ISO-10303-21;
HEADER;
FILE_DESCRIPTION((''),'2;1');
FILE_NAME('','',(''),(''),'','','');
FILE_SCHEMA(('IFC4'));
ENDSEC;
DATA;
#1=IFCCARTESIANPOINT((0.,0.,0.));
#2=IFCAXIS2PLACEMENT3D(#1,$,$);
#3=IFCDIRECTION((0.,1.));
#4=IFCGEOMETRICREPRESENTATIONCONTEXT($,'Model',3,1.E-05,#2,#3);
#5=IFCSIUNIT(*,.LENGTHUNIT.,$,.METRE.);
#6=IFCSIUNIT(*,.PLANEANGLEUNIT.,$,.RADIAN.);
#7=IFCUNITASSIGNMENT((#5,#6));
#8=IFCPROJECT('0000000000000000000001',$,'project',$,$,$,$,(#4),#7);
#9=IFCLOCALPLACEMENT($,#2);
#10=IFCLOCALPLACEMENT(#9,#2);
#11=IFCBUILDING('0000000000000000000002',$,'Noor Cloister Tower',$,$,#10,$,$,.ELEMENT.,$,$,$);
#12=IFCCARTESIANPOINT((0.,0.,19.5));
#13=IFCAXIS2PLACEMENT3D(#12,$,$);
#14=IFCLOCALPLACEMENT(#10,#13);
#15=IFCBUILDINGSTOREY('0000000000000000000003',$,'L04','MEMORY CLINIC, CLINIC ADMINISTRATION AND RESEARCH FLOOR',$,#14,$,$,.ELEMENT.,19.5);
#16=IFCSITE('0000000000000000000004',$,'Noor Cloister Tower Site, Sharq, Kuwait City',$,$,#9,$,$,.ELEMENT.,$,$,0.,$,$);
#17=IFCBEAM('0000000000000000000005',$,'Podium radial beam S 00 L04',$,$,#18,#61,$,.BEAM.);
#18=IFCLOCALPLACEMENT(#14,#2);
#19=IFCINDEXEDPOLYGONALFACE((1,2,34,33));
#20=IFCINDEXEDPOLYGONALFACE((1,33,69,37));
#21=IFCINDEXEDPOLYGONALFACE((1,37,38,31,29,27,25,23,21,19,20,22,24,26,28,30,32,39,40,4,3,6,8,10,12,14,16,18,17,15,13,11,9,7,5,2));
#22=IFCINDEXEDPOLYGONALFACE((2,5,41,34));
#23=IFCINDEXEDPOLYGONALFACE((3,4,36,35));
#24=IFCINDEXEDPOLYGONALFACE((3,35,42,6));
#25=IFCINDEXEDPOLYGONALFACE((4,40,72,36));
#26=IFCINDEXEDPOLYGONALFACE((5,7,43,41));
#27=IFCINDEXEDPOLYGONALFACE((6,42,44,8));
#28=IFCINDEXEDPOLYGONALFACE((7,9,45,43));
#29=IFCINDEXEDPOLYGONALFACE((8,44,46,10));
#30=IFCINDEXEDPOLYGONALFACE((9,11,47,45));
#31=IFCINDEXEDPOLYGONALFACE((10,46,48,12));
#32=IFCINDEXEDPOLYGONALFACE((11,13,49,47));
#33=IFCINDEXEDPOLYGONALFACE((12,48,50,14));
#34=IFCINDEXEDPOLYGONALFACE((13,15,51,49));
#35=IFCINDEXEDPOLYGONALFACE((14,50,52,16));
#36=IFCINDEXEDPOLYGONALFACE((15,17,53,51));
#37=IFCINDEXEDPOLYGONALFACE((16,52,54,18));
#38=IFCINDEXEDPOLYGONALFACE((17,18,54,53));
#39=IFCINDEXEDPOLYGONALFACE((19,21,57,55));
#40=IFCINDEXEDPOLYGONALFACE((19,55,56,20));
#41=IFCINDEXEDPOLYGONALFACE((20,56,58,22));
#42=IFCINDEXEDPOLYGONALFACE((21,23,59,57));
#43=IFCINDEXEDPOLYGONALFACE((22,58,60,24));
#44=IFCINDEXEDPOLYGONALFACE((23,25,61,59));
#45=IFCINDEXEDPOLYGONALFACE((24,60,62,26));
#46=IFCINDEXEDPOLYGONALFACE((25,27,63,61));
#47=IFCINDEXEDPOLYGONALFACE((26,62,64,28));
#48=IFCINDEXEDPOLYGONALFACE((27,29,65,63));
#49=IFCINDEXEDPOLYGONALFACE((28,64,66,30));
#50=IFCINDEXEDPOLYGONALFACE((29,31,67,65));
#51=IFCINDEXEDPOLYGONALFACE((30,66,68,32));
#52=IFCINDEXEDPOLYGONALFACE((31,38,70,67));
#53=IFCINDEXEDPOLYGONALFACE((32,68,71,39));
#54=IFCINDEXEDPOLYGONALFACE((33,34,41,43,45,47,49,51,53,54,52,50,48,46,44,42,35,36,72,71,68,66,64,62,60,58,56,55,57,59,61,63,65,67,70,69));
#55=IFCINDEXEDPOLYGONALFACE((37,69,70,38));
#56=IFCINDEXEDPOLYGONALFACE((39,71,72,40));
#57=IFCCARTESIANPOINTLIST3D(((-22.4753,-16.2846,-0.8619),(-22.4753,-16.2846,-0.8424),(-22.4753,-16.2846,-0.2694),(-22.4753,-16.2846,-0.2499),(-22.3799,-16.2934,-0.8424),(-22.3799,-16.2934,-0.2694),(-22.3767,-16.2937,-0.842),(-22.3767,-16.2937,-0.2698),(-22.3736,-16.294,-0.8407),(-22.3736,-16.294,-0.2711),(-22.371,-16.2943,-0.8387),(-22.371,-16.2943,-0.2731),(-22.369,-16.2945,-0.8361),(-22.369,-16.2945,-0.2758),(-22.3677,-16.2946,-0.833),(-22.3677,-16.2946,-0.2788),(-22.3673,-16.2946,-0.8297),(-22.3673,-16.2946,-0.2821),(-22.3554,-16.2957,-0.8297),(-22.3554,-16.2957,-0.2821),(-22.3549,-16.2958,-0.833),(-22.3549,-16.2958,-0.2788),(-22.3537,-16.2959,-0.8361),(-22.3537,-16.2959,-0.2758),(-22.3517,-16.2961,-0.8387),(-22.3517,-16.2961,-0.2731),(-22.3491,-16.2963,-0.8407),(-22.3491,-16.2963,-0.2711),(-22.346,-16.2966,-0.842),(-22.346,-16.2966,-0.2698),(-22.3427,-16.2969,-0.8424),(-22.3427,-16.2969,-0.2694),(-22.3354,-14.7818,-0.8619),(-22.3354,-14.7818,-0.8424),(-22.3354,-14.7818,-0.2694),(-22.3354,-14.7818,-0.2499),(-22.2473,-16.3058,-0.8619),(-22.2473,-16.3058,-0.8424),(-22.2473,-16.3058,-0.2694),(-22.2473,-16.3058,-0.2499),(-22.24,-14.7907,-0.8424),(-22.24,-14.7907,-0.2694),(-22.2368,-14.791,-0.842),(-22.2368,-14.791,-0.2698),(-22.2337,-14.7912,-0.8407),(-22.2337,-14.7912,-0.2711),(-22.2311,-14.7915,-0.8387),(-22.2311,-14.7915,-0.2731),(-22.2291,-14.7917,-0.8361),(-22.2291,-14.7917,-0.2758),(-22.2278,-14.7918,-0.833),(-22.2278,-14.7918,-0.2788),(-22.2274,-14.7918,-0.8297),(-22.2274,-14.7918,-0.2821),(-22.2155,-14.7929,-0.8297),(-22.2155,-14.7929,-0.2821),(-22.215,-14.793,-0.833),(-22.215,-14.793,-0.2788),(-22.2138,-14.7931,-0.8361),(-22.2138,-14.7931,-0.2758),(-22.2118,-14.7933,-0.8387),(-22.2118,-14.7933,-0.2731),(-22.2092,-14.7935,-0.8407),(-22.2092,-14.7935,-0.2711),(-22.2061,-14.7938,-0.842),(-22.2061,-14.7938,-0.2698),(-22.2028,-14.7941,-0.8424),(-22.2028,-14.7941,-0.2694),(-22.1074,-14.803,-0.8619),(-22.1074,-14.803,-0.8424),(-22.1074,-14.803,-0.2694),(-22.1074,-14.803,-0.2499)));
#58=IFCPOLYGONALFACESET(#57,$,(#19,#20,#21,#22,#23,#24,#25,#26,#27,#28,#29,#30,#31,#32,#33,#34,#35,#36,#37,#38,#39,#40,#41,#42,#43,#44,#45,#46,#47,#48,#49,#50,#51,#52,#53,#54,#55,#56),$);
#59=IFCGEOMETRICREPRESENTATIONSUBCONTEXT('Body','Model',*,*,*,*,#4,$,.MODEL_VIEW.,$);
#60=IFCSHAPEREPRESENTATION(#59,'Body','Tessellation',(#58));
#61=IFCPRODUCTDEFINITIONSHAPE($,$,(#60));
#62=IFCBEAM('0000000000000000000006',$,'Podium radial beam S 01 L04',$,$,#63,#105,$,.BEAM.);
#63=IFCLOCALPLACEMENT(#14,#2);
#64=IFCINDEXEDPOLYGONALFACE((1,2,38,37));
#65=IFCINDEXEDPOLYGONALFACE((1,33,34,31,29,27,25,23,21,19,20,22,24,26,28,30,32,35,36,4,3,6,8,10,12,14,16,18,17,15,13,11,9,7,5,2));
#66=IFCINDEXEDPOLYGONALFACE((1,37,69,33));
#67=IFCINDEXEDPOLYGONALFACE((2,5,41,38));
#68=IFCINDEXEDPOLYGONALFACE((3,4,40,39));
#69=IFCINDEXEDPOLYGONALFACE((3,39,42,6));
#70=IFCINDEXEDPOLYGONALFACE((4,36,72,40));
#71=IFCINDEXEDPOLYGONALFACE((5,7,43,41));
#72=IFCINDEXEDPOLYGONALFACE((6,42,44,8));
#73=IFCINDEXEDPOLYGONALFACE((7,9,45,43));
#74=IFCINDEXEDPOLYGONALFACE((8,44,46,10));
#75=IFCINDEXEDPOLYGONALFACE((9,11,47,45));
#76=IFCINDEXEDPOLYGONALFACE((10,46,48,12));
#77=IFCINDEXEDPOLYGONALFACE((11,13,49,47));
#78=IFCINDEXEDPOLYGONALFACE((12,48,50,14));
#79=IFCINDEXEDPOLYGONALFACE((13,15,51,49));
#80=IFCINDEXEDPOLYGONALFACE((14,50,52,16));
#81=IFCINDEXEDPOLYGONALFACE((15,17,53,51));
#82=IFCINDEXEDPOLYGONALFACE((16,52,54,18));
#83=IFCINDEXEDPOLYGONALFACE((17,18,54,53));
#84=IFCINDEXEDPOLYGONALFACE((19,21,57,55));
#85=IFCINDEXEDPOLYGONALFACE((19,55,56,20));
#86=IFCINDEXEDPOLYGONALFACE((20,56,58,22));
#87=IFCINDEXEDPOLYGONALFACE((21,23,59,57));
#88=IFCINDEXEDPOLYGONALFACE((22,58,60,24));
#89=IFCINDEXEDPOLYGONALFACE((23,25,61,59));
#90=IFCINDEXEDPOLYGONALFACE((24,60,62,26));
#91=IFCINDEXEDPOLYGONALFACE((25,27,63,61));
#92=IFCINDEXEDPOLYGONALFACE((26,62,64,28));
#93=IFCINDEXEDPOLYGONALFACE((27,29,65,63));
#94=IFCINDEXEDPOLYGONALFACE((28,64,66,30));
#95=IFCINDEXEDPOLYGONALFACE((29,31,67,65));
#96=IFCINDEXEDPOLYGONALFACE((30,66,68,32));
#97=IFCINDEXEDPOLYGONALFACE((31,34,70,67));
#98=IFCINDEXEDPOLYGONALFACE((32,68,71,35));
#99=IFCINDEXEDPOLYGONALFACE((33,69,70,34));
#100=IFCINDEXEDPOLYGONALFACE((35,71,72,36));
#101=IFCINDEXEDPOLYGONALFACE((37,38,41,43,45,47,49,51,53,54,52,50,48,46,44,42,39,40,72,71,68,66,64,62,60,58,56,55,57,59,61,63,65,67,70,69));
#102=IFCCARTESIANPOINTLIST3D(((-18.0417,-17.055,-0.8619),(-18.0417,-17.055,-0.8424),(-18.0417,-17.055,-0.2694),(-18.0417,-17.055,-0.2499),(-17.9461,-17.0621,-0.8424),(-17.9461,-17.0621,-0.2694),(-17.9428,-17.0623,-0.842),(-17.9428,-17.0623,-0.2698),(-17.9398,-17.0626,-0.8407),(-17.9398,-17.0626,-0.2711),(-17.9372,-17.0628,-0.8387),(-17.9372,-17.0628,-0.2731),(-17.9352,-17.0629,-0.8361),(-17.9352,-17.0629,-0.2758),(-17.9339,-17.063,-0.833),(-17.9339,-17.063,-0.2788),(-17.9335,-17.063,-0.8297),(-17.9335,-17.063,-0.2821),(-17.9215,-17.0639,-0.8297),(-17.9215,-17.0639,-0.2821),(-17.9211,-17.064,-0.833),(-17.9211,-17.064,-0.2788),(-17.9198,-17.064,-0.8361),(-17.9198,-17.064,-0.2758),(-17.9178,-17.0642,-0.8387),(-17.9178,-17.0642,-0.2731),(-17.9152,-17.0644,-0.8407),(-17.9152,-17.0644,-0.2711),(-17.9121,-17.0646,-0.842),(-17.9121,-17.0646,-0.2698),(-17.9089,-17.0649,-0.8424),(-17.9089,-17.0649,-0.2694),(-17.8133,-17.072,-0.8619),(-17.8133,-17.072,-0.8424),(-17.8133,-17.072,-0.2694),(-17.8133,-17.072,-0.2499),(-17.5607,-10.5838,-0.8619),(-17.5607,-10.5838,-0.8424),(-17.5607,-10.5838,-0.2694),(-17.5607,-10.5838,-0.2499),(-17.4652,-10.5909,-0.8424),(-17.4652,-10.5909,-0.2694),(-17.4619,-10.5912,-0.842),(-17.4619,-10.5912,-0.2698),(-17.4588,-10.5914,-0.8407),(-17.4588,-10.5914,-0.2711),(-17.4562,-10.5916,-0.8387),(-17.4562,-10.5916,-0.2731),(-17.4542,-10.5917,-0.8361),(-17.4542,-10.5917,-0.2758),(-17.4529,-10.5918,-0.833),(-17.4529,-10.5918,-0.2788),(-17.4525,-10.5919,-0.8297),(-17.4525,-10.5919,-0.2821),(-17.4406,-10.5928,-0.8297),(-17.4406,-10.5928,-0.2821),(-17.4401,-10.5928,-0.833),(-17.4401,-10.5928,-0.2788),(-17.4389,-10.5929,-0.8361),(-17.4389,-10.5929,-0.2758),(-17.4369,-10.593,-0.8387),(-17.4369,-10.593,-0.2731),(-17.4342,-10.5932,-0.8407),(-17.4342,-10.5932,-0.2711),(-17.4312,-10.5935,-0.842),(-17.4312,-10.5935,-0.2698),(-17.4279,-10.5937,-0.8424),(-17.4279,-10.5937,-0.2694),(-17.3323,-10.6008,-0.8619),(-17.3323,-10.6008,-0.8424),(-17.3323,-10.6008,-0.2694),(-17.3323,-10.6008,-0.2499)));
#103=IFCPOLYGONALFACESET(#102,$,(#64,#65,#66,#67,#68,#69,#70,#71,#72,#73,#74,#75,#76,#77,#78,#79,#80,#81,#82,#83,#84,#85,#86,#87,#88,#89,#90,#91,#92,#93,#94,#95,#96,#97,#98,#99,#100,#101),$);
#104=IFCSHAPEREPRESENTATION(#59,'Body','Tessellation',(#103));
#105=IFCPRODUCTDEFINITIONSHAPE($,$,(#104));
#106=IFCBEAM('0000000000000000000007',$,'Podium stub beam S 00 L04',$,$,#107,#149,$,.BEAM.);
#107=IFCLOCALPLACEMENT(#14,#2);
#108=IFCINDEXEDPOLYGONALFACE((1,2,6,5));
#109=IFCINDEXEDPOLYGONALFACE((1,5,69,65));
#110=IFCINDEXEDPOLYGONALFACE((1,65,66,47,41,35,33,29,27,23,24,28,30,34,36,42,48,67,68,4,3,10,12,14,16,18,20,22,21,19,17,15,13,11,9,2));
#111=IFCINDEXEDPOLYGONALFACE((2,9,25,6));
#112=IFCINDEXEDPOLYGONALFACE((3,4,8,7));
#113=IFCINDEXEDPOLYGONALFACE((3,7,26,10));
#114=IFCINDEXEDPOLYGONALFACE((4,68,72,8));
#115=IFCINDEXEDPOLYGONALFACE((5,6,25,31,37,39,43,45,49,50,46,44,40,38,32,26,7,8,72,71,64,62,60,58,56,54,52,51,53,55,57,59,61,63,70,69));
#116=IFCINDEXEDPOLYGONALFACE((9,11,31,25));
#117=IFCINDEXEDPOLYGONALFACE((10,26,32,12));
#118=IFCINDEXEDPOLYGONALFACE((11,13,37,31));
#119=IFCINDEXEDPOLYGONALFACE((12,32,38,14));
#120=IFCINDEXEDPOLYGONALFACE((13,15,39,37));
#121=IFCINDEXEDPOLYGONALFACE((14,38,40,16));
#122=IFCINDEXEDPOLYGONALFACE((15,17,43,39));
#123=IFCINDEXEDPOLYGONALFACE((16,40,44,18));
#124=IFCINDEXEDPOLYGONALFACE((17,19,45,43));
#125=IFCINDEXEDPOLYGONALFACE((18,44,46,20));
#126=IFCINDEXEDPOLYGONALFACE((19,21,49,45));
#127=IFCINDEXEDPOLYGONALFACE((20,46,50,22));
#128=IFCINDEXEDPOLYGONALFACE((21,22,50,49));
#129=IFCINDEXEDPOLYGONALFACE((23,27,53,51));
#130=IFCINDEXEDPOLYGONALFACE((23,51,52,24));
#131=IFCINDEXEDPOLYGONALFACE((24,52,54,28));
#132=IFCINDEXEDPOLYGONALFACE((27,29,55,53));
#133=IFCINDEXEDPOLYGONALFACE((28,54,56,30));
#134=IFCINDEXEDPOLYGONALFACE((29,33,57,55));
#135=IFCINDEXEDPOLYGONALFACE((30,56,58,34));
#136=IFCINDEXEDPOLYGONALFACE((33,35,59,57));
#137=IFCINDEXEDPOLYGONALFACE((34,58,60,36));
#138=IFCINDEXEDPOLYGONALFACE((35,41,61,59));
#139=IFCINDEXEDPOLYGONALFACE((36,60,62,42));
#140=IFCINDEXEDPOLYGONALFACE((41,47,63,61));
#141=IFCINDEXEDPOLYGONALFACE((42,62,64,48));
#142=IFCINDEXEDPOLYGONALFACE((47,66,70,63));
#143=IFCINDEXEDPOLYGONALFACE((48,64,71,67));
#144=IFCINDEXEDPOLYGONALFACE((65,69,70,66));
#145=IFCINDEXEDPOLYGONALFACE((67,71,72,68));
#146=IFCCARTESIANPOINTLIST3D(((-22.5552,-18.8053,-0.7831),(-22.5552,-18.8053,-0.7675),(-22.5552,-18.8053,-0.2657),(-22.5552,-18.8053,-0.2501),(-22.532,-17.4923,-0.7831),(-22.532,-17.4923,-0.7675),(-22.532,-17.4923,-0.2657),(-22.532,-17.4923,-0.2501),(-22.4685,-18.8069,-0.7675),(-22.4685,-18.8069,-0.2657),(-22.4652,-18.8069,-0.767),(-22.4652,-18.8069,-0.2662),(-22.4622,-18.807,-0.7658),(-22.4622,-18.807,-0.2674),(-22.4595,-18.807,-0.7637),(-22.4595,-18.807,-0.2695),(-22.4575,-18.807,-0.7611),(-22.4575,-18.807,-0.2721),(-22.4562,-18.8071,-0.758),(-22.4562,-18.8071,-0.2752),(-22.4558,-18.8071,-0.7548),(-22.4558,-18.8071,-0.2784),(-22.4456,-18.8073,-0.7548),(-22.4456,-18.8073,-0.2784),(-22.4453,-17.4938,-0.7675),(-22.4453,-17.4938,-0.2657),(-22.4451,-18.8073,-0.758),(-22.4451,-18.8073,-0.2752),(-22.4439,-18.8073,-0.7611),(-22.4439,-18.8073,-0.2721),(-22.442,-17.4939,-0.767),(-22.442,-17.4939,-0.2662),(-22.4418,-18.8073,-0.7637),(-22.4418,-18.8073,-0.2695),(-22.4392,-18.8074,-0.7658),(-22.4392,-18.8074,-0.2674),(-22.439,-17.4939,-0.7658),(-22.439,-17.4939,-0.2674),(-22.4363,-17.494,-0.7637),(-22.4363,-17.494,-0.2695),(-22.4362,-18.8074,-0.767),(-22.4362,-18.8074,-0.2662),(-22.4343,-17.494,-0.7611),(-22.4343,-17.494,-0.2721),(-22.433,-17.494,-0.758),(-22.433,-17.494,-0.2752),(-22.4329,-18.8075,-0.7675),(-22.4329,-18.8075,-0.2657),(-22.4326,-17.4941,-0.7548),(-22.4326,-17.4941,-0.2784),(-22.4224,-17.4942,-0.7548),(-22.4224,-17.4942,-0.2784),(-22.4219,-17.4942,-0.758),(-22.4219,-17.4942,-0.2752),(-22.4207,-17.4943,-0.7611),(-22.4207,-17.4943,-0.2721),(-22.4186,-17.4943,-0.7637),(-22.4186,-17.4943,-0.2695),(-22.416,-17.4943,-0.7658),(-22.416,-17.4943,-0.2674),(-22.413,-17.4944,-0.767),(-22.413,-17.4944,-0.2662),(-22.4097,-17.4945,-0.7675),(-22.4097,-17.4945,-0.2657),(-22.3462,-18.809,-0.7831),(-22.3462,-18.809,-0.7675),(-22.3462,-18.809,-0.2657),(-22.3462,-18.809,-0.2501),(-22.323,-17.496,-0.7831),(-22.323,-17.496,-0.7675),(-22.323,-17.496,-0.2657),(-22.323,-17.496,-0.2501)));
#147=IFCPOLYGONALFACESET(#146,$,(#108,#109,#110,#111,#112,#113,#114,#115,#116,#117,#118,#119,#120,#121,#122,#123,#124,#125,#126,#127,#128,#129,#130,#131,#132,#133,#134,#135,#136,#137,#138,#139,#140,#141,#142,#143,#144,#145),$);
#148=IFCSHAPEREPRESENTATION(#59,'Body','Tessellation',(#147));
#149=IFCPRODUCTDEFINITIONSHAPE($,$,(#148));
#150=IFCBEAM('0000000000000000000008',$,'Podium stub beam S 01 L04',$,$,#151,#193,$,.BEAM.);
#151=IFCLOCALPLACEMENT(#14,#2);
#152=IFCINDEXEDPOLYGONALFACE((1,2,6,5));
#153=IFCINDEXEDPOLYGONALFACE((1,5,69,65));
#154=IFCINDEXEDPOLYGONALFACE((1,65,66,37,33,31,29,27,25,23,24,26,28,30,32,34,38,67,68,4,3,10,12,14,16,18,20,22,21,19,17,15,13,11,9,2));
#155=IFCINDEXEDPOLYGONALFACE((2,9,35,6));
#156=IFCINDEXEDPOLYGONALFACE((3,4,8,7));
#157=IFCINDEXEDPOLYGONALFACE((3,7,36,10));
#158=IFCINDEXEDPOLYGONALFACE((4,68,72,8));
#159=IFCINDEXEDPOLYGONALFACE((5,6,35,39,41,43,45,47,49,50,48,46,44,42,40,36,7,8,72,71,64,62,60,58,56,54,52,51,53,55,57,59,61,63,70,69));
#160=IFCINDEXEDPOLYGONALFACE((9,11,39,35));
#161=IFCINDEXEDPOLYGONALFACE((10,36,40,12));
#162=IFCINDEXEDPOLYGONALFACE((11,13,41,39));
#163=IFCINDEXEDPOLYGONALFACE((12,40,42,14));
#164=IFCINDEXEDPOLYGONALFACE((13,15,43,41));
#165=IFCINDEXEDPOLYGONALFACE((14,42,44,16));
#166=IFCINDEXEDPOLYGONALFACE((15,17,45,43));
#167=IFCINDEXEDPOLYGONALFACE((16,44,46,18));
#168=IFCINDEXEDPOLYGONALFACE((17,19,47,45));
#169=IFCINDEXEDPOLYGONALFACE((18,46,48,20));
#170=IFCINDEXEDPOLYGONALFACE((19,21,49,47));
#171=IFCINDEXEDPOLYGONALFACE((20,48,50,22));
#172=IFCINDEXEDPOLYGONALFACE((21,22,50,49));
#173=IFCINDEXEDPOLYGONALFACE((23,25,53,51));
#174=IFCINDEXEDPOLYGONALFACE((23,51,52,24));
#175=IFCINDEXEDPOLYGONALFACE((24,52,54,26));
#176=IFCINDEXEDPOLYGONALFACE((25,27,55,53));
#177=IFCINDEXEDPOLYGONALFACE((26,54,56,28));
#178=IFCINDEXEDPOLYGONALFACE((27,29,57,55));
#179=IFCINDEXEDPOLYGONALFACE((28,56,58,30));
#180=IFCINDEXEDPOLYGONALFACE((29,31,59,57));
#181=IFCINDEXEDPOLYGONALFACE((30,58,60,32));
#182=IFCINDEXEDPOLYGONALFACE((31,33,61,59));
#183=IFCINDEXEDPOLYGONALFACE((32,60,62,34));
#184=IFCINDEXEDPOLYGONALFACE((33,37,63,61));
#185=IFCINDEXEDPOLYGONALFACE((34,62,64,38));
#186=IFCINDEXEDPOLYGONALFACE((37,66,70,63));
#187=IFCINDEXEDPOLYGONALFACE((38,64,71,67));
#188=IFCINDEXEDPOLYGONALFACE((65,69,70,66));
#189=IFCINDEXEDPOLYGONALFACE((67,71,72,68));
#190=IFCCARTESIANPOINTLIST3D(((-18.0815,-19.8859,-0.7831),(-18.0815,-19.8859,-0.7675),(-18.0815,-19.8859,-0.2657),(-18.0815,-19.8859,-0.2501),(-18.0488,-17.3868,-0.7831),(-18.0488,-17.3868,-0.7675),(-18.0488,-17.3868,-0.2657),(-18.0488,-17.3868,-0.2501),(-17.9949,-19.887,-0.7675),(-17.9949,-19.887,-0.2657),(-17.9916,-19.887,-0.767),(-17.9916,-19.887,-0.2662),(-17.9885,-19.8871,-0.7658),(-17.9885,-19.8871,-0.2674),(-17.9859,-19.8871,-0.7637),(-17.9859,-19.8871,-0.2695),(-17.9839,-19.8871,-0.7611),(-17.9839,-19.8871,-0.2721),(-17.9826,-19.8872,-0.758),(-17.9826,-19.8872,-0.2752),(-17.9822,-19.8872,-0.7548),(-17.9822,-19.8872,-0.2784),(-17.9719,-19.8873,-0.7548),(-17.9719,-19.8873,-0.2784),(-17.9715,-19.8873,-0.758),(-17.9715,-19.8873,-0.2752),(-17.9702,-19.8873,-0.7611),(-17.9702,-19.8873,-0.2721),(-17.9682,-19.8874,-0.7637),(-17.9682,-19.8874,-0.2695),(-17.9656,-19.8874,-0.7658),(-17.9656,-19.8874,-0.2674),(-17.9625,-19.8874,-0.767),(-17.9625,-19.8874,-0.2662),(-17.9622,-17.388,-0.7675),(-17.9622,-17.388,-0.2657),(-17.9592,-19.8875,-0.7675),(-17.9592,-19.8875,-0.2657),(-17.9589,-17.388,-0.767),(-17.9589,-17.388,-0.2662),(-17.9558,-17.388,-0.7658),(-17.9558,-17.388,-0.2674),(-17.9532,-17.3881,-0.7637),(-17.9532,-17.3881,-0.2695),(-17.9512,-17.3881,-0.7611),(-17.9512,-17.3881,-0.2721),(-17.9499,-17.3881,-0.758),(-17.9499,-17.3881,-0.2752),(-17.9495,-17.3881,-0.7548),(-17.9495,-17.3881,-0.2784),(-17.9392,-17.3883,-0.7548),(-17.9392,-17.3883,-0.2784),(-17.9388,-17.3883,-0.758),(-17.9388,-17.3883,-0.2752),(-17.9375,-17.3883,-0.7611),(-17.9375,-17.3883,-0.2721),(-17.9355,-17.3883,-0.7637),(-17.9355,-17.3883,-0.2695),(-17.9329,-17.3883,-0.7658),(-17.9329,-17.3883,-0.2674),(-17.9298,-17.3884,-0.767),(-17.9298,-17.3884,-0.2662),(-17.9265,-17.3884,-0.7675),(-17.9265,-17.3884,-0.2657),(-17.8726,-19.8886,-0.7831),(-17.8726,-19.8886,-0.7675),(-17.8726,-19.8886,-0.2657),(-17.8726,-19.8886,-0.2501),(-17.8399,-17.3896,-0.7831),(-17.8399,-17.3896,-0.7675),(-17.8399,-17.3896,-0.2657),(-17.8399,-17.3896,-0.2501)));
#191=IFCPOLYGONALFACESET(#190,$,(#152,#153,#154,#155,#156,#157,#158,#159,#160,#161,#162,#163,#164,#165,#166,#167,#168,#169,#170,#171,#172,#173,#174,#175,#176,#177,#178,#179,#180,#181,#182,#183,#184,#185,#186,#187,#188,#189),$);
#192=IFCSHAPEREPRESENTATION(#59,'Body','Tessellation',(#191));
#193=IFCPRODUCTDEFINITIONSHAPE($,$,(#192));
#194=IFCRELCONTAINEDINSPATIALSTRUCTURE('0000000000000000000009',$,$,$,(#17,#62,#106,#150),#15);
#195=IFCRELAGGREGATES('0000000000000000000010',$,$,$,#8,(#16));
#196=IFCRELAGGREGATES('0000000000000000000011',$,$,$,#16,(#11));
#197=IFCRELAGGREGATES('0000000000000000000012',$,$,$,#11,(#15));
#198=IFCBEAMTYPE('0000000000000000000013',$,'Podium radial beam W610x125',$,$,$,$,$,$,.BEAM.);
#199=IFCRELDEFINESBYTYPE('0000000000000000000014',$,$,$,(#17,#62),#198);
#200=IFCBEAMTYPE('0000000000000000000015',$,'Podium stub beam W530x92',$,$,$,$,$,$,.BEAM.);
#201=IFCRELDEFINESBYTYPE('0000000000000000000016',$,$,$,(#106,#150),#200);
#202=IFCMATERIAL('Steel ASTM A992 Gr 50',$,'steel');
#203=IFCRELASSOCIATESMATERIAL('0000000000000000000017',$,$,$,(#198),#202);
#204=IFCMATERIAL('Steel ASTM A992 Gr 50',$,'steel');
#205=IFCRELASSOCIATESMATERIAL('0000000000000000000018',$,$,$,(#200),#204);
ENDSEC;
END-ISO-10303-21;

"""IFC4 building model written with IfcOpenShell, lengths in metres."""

from ifc_helpers import new_model, si_unit, direction, frame, origin, origin_2d, place, context, subcontext, project, spatial, i_section, extrude, material, material_profile, profile_set, type_object, element, save


model = new_model("IFC4")

# Units and contexts
model_context = context("Model", 3, precision=1e-05, world=origin(), true_north=direction((0.0, 1.0)))
body_context = subcontext(model_context, "Body", "Model", "MODEL_VIEW")
ifc_project = project(units=[si_unit("LENGTHUNIT", "METRE"), si_unit("PLANEANGLEUNIT", "RADIAN")], contexts=[model_context])

# Site, building, storey
site_placement = place(None, origin())
site = spatial("IfcSite", under=ifc_project, at=site_placement, Name="Noor Cloister Tower Site, Sharq, Kuwait City", CompositionType="ELEMENT", RefElevation=0.0)
building_placement = place(site_placement, origin())
building = spatial("IfcBuilding", under=site, at=building_placement, Name="Noor Cloister Tower", CompositionType="ELEMENT")
storey_placement = place(building_placement, frame((0.0, 0.0, 19.5)))
storey = spatial("IfcBuildingStorey", under=building, at=storey_placement, Name="L04", Description="MEMORY CLINIC, CLINIC ADMINISTRATION AND RESEARCH FLOOR", CompositionType="ELEMENT", Elevation=19.5)

# Beams
ifc_material_1 = material(Name="Steel ASTM A992 Gr 50", Category="steel")
ifc_material_profile_1 = material_profile(ifc_material_1, i_section(OverallWidth=0.229, OverallDepth=0.6121, WebThickness=0.012, FlangeThickness=0.0195, FilletRadius=0.0127, at=origin_2d()), Name="W610x125")
ifc_profile_set_1 = profile_set([ifc_material_profile_1], Name="Steel ASTM A992 Gr 50")
beam_type_1 = type_object("IfcBeamType", Name="Podium radial beam W610x125", PredefinedType="BEAM", material=ifc_profile_set_1)
for number, where, z_axis, x_axis, name in (
    (1, (-22.3613, -16.2952, -0.5559), (0.092694, 0.995695, 0.0), (-0.995695, 0.092694, 0.0), "Podium radial beam S 00 L04"),
):
    element("IfcBeam", number, at=place(storey_placement, frame(where, z_axis=z_axis, x_axis=x_axis)), inside=storey, type_object=beam_type_1, Name=name, PredefinedType="BEAM", context=body_context, shape_type="SweptSolid", body=[
        extrude(i_section(OverallWidth=0.229, OverallDepth=0.6121, WebThickness=0.012, FlangeThickness=0.0195, FilletRadius=0.0127, at=origin_2d()), origin(), (0.0, 0.0, 1.0), 1.5093),
    ])
beam_1_placement = place(storey_placement, frame((-17.9275, -17.0635, -0.5559), z_axis=(0.074118, 0.997249, 0.0), x_axis=(-0.997249, 0.074118, 0.0)))
element("IfcBeam", 2, at=beam_1_placement, inside=storey, type_object=beam_type_1, Name="Podium radial beam S 01 L04", PredefinedType="BEAM", context=body_context, shape_type="SweptSolid", body=[
    extrude(i_section(OverallWidth=0.229, OverallDepth=0.6121, WebThickness=0.012, FlangeThickness=0.0195, FilletRadius=0.0127, at=origin_2d()), origin(), (0.0, 0.0, 1.0), 6.489),
])
ifc_material_2 = material(Name="Steel ASTM A992 Gr 50", Category="steel")
ifc_material_profile_2 = material_profile(ifc_material_2, i_section(OverallWidth=0.209, OverallDepth=0.533, WebThickness=0.0103, FlangeThickness=0.0156, FilletRadius=0.0127, at=origin_2d()), Name="W530x92")
ifc_profile_set_2 = profile_set([ifc_material_profile_2], Name="Steel ASTM A992 Gr 50")
beam_type_2 = type_object("IfcBeamType", Name="Podium stub beam W530x92", PredefinedType="BEAM", material=ifc_profile_set_2)
beam_2_placement = place(storey_placement, frame((-22.4275, -17.4941, -0.5166), z_axis=(-0.017662, -0.999844, 0.0), x_axis=(0.999844, -0.017662, 0.0)))
element("IfcBeam", 3, at=beam_2_placement, inside=storey, type_object=beam_type_2, Name="Podium stub beam S 00 L04", PredefinedType="BEAM", context=body_context, shape_type="SweptSolid", body=[
    extrude(i_section(OverallWidth=0.209, OverallDepth=0.533, WebThickness=0.0103, FlangeThickness=0.0156, FilletRadius=0.0127, at=origin_2d()), origin(), (0.0, 0.0, 1.0), 1.3132),
])
beam_3_placement = place(storey_placement, frame((-17.9443, -17.3882, -0.5166), z_axis=(-0.01309, -0.999914, 0.0), x_axis=(0.999914, -0.01309, 0.0)))
element("IfcBeam", 4, at=beam_3_placement, inside=storey, type_object=beam_type_2, Name="Podium stub beam S 01 L04", PredefinedType="BEAM", context=body_context, shape_type="SweptSolid", body=[
    extrude(i_section(OverallWidth=0.209, OverallDepth=0.533, WebThickness=0.0103, FlangeThickness=0.0156, FilletRadius=0.0127, at=origin_2d()), origin(), (0.0, 0.0, 1.0), 2.4993),
])

save(model, "model.ifc")
